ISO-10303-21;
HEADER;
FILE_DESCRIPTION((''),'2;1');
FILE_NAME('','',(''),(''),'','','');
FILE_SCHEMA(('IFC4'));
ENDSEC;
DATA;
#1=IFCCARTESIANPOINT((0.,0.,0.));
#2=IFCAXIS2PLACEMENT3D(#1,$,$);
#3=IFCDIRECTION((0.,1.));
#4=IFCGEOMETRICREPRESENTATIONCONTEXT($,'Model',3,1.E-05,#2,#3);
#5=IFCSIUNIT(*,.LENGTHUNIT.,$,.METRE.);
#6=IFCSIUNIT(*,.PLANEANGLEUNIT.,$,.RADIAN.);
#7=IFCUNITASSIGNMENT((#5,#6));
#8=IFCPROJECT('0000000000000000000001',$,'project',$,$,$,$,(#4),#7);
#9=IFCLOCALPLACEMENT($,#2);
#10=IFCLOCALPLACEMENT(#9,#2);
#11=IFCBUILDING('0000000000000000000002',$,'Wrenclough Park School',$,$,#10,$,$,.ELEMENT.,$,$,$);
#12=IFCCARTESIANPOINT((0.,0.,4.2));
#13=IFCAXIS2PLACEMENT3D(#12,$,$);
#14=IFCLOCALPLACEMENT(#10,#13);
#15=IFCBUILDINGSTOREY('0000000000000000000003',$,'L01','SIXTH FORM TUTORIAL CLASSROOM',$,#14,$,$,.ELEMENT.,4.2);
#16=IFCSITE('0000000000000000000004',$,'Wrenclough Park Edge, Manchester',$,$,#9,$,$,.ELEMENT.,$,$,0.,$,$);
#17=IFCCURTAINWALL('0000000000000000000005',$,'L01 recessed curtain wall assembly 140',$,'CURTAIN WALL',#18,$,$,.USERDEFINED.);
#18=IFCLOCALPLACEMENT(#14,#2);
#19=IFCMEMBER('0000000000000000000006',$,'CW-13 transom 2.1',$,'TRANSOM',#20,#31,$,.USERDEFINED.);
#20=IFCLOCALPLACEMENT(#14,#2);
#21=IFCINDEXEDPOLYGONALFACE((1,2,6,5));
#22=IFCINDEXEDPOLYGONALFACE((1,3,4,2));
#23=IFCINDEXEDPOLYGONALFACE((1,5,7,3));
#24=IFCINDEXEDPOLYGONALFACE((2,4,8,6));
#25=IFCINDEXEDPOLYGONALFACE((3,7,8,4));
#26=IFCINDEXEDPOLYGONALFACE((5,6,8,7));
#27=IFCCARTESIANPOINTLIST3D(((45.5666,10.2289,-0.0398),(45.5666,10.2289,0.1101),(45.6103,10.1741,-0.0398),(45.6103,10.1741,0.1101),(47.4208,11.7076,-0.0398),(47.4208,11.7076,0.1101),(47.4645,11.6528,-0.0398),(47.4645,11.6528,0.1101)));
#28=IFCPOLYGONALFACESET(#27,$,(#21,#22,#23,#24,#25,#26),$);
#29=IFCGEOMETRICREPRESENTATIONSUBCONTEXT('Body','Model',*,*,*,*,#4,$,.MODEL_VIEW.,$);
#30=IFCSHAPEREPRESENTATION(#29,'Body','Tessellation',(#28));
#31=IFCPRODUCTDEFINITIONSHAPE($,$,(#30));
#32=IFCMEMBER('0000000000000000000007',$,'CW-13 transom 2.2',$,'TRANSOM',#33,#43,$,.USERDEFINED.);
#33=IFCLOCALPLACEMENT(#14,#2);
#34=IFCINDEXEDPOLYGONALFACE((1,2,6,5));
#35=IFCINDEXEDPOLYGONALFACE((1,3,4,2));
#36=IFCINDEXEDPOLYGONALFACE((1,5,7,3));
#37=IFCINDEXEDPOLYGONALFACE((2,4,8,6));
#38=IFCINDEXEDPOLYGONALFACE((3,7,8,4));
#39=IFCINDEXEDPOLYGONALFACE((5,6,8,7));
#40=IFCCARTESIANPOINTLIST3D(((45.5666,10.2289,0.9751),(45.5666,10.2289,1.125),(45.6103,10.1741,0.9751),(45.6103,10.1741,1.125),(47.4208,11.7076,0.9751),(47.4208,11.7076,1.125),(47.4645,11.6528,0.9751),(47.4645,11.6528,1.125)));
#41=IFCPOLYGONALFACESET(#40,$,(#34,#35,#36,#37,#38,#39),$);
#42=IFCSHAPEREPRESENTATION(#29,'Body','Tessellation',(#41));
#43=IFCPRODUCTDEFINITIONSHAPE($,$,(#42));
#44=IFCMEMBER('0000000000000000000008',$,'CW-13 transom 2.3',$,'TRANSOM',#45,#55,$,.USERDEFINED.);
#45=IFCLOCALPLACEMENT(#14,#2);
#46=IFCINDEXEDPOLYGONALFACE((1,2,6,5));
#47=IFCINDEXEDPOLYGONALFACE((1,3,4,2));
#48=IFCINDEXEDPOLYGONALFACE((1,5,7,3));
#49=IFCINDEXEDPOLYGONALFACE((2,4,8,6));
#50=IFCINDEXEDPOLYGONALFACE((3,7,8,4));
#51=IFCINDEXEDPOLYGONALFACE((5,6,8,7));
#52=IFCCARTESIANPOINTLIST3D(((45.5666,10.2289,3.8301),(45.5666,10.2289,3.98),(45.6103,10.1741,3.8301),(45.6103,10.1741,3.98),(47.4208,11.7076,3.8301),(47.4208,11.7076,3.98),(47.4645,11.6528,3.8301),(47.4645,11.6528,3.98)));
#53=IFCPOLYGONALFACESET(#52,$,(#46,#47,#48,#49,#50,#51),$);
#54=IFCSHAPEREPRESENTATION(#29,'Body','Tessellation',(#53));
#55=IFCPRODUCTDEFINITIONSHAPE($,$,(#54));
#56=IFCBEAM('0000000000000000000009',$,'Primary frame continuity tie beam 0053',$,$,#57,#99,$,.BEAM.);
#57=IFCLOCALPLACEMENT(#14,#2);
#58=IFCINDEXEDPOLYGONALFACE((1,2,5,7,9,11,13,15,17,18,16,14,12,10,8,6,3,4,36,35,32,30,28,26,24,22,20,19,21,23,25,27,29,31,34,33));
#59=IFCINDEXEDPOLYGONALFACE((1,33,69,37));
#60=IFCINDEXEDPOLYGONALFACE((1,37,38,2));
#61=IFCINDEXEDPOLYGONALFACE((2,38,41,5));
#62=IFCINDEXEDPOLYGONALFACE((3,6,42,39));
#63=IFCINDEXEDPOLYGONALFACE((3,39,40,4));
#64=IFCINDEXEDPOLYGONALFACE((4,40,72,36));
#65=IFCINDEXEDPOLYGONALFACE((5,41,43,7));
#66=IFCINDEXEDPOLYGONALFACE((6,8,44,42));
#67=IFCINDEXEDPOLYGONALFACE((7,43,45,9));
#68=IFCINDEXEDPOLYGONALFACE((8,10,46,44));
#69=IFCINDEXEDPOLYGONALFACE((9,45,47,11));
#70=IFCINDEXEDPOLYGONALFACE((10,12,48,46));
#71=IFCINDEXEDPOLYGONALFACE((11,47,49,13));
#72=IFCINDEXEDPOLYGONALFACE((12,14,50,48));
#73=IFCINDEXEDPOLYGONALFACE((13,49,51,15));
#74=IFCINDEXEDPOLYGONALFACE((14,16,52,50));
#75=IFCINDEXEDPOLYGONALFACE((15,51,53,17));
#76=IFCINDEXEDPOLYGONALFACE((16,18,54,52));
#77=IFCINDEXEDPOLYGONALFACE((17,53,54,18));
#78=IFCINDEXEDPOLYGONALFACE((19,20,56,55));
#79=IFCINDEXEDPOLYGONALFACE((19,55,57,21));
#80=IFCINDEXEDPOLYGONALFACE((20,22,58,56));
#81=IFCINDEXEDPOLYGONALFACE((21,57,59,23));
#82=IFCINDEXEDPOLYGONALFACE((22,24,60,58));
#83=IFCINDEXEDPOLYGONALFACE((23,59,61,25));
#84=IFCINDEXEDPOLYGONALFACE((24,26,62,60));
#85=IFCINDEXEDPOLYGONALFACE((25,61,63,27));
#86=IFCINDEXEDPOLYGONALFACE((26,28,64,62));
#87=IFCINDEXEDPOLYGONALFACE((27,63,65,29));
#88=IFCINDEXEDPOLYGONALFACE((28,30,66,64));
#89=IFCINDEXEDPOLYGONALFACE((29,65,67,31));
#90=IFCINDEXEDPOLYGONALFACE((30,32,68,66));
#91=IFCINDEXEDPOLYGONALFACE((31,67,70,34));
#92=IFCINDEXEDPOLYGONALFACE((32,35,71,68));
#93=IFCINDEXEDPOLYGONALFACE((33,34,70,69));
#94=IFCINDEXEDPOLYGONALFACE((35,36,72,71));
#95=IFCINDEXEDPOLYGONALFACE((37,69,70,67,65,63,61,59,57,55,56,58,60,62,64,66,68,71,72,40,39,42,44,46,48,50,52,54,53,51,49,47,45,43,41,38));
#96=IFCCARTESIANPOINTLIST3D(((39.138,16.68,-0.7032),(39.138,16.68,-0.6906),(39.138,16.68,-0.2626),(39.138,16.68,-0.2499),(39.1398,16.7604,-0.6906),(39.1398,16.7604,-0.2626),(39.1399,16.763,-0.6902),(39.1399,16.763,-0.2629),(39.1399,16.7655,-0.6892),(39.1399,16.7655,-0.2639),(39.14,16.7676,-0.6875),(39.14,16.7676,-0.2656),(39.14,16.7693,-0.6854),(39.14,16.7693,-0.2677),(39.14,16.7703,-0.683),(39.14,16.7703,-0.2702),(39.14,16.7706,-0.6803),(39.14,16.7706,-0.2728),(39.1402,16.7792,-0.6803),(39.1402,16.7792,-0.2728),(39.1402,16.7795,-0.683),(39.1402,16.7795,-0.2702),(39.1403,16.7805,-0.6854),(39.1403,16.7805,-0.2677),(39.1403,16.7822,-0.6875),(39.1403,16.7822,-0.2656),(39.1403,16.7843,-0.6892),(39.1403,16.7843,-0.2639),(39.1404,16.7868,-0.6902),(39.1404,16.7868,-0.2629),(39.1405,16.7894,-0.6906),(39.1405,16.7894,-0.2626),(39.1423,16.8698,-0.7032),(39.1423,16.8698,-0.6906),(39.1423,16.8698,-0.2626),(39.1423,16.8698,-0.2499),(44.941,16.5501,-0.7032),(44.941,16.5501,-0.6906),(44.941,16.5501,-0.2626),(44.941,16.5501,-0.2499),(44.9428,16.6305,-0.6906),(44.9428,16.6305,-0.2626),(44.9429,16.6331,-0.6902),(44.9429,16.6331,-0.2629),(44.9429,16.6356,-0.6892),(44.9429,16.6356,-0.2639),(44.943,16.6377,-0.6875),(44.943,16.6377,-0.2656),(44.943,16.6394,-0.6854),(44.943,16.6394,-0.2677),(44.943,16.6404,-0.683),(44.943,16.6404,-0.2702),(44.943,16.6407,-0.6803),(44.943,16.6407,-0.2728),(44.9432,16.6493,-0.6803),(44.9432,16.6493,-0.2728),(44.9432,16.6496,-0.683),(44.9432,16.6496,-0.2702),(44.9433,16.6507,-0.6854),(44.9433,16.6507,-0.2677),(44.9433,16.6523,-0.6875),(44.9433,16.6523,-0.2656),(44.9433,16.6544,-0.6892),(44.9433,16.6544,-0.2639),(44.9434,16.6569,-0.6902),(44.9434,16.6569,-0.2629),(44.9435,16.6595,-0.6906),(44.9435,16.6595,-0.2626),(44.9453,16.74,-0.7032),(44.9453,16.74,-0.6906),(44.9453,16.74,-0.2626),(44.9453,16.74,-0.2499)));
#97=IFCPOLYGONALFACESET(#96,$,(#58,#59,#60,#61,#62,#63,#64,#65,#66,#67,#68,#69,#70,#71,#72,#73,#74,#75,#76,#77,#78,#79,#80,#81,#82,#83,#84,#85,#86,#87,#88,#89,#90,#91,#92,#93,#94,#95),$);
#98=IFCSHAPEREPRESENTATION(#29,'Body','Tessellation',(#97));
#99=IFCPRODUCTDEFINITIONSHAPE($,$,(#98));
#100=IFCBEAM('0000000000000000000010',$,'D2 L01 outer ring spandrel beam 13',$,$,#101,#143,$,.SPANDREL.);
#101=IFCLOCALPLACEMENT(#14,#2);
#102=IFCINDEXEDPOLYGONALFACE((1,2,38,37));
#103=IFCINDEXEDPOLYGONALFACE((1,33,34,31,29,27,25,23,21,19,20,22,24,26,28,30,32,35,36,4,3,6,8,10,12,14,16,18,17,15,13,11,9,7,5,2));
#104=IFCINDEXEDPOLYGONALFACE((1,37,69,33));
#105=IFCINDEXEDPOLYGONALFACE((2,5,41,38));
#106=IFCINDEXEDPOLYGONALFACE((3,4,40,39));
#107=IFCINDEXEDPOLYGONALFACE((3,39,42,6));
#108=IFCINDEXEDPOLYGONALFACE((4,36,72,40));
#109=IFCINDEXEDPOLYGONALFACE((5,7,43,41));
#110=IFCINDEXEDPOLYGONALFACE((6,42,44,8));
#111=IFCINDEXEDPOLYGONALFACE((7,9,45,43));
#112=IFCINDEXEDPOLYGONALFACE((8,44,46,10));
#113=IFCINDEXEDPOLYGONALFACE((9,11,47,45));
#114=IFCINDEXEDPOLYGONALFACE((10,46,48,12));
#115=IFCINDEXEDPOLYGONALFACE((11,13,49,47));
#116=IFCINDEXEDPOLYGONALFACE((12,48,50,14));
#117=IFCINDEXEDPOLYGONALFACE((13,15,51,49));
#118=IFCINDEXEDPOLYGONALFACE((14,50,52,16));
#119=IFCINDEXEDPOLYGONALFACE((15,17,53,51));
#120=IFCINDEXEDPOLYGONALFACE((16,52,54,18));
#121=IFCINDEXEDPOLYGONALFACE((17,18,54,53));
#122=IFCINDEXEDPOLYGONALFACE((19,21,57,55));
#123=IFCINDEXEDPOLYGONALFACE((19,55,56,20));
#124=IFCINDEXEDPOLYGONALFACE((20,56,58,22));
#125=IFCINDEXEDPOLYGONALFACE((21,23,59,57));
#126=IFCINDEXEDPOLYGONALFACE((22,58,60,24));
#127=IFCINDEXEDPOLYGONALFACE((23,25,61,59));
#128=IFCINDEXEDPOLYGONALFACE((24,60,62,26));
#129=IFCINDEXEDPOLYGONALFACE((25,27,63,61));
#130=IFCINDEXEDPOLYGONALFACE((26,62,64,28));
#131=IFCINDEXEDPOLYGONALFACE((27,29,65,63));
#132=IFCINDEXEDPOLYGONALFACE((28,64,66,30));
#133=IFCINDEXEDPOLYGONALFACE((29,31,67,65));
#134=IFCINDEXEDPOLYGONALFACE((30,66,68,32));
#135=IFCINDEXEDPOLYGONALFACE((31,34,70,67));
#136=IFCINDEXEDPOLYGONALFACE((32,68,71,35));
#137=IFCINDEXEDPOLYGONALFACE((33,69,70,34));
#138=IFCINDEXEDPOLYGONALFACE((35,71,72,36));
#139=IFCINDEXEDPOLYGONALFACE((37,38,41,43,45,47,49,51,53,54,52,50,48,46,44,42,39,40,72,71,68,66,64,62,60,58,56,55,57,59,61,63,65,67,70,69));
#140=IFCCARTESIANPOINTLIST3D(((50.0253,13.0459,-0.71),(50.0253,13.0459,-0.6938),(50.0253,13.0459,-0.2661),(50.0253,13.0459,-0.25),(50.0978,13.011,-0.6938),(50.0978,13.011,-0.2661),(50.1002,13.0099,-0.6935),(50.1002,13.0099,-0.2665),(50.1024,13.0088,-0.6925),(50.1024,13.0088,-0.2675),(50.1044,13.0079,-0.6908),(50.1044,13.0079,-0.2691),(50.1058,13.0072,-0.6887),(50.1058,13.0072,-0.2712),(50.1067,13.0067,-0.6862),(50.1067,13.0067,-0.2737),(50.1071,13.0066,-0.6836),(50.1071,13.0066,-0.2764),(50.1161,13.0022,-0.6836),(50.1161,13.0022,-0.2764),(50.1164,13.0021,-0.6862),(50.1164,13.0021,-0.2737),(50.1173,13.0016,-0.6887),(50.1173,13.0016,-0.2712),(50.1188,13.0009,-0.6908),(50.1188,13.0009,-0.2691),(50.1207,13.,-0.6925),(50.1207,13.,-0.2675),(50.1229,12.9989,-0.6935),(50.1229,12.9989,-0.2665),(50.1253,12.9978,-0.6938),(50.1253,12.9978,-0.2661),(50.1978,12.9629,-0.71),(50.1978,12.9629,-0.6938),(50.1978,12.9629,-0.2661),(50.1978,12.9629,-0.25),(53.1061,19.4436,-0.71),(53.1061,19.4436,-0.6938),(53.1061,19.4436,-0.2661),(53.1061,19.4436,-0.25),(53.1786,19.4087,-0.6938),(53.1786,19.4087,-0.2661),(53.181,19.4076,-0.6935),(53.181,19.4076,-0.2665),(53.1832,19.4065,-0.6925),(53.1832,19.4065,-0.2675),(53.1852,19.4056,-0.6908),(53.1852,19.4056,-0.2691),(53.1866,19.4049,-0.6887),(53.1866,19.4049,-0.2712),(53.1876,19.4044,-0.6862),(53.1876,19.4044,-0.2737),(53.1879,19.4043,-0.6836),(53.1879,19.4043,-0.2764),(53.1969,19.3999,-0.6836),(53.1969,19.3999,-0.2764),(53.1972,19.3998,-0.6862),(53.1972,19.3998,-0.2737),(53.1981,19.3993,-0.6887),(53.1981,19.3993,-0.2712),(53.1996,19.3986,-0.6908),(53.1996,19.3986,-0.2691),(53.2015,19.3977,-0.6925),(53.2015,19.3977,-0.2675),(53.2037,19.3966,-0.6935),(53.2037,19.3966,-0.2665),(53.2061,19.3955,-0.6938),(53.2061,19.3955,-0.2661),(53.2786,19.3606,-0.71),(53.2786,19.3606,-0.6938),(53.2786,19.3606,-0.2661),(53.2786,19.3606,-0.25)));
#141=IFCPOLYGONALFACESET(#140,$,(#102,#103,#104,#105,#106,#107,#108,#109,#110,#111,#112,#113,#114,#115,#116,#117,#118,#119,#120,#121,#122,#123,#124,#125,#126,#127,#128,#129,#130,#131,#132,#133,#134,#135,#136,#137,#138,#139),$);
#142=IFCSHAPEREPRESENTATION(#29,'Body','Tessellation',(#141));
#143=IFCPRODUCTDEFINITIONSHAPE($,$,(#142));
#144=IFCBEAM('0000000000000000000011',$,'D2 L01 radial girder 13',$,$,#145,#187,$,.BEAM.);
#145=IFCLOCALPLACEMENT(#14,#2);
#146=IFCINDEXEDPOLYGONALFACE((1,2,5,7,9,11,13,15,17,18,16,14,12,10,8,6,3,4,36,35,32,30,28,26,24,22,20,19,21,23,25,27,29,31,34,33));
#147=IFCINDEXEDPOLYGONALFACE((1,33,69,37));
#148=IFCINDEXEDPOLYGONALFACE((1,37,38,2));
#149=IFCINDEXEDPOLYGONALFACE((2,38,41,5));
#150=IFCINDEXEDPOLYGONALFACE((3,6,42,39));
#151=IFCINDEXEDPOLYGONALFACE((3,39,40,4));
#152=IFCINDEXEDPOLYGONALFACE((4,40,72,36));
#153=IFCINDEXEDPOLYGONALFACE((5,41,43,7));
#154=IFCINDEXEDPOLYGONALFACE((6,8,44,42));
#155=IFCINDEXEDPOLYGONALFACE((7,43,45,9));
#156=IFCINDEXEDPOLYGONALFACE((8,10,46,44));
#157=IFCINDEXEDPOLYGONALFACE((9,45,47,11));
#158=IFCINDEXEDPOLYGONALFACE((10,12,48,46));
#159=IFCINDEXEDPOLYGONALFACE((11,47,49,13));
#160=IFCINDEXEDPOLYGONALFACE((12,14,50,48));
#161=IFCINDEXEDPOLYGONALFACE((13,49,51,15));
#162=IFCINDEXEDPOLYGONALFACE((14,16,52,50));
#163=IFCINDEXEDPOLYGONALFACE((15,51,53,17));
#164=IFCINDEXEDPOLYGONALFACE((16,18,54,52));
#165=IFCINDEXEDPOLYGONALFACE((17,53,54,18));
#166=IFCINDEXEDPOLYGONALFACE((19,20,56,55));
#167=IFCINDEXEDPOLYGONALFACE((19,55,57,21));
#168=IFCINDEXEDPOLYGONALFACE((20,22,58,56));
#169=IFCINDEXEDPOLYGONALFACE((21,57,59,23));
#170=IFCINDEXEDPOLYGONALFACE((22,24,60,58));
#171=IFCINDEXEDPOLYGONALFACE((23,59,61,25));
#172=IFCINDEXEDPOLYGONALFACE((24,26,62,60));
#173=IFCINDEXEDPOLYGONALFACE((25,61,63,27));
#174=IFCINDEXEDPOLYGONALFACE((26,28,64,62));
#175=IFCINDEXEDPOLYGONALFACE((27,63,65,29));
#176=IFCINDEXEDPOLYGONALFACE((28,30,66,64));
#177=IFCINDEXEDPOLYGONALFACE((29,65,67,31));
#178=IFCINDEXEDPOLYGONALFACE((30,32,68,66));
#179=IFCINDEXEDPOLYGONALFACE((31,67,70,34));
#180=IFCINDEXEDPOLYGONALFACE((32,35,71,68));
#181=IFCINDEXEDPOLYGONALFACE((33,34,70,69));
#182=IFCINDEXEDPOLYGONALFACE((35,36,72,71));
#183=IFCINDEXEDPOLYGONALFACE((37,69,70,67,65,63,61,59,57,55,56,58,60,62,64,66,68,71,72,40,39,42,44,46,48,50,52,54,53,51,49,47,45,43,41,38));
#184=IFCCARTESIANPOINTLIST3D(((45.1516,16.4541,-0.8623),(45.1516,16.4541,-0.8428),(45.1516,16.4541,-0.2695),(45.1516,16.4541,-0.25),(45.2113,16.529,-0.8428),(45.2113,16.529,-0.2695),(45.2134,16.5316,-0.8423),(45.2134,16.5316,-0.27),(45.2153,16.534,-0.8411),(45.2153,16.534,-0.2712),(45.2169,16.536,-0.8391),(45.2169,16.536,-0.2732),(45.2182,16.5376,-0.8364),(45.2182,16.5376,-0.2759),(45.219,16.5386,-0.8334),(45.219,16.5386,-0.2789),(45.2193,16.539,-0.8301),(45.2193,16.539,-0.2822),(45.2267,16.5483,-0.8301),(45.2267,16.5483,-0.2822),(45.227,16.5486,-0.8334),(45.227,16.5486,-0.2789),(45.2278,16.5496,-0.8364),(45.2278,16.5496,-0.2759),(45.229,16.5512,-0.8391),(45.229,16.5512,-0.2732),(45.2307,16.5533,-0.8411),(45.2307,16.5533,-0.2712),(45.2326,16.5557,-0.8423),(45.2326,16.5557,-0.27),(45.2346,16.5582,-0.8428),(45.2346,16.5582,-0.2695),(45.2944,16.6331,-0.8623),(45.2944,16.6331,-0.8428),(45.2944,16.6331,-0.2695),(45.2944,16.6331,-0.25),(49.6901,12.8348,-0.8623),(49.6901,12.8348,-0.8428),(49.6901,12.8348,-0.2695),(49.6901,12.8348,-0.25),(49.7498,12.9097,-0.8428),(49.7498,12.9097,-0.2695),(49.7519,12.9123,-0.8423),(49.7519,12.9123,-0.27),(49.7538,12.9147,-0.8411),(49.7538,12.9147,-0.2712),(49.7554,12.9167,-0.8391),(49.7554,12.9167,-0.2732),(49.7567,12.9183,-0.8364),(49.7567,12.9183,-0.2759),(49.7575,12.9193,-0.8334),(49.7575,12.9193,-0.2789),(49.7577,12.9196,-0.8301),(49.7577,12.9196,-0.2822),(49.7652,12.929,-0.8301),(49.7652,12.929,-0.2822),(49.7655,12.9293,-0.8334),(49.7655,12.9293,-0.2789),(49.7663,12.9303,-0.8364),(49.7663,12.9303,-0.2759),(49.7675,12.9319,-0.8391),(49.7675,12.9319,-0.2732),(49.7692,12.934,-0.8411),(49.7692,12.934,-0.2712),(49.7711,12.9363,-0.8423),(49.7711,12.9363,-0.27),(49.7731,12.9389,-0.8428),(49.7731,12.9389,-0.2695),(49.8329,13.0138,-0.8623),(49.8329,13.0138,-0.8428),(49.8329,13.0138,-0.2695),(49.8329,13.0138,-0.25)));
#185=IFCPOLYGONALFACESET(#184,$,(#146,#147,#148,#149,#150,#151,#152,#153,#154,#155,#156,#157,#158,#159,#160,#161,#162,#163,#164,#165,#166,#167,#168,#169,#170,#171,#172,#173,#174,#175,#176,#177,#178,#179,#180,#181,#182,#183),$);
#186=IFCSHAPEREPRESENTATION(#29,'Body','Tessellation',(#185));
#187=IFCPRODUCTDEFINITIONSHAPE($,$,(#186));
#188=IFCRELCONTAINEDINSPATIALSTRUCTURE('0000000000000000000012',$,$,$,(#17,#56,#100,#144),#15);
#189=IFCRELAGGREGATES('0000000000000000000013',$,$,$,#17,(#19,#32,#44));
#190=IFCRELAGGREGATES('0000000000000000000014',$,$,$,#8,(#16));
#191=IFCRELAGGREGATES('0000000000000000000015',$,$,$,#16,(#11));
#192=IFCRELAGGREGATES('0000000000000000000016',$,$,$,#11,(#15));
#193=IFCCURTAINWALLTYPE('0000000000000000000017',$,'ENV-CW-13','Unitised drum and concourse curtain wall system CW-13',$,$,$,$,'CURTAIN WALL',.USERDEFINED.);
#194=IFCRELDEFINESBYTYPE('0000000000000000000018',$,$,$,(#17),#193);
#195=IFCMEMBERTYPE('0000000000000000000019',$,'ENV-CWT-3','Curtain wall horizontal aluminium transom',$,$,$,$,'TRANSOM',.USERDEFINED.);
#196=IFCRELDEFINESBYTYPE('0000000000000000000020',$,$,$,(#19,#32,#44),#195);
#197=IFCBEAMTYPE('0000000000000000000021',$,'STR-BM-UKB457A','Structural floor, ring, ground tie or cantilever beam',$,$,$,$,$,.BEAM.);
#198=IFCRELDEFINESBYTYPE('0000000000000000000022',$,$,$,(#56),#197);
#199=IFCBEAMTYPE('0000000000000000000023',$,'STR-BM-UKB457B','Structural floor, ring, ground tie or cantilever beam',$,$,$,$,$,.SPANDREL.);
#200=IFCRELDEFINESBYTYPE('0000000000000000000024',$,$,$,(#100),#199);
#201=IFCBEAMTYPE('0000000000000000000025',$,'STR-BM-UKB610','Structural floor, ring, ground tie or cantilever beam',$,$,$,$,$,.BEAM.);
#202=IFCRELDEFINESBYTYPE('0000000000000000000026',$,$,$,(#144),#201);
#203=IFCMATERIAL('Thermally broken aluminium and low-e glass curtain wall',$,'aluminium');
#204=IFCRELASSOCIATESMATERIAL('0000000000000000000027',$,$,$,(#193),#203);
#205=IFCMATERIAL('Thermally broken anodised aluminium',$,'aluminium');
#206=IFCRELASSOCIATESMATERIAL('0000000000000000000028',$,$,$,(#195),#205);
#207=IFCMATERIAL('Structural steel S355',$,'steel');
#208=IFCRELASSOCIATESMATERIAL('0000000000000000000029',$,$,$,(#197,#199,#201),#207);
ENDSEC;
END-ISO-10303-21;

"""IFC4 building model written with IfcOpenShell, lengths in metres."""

from ifc_helpers import new_model, si_unit, direction, frame, origin, origin_2d, place, context, subcontext, project, spatial, rectangle, i_section, extrude, material, material_profile, profile_set, type_object, element, aggregate, save


model = new_model("IFC4")

# Units and contexts
model_context = context("Model", 3, precision=1e-05, world=origin(), true_north=direction((0.0, 1.0)))
body_context = subcontext(model_context, "Body", "Model", "MODEL_VIEW")
ifc_project = project(units=[si_unit("LENGTHUNIT", "METRE"), si_unit("PLANEANGLEUNIT", "RADIAN")], contexts=[model_context])

# Site, building, storey
site_placement = place(None, origin())
site = spatial("IfcSite", under=ifc_project, at=site_placement, Name="Wrenclough Park Edge, Manchester", CompositionType="ELEMENT", RefElevation=0.0)
building_placement = place(site_placement, origin())
building = spatial("IfcBuilding", under=site, at=building_placement, Name="Wrenclough Park School", CompositionType="ELEMENT")
storey_placement = place(building_placement, frame((0.0, 0.0, 4.2)))
storey = spatial("IfcBuildingStorey", under=building, at=storey_placement, Name="L01", Description="SIXTH FORM TUTORIAL CLASSROOM", CompositionType="ELEMENT", Elevation=4.2)

# Shared definitions
ifc_material_1 = material(Name="Structural steel S355", Category="steel")

# Shared definitions
ifc_material_2 = material(Name="Thermally broken aluminium and low-e glass curtain wall", Category="aluminium")
ifc_material_3 = material(Name="Thermally broken anodised aluminium", Category="aluminium")

# Curtain wall, members
curtain_wall_type_1 = type_object("IfcCurtainWallType", Name="ENV-CW-13", Description="Unitised drum and concourse curtain wall system CW-13", ElementType="CURTAIN WALL", PredefinedType="USERDEFINED", material=ifc_material_2)
curtain_wall_1_placement = place(storey_placement, origin())
curtain_wall_1 = element("IfcCurtainWall", 1, at=curtain_wall_1_placement, inside=storey, type_object=curtain_wall_type_1, Name="L01 recessed curtain wall assembly 140", ObjectType="CURTAIN WALL", PredefinedType="USERDEFINED")
ifc_material_profile_1 = material_profile(ifc_material_3, rectangle(XDim=0.0701, YDim=0.1499, at=origin_2d()), Name="AL TRANSOM 70x150")
ifc_profile_set_1 = profile_set([ifc_material_profile_1], Name="Thermally broken anodised aluminium")
member_type_1 = type_object("IfcMemberType", Name="ENV-CWT-3", Description="Curtain wall horizontal aluminium transom", ElementType="TRANSOM", PredefinedType="USERDEFINED", material=ifc_profile_set_1)
member_1_placement = place(storey_placement, frame((47.4426, 11.6802, 0.0352), z_axis=(-0.781822, -0.623502, 0.0), x_axis=(0.623502, -0.781822, 0.0)))
member_1 = element("IfcMember", 2, at=member_1_placement, type_object=member_type_1, Name="CW-13 transom 2.1", ObjectType="TRANSOM", PredefinedType="USERDEFINED", context=body_context, shape_type="SweptSolid", body=[
    extrude(rectangle(XDim=0.0701, YDim=0.1499, at=origin_2d()), origin(), (0.0, 0.0, 1.0), 2.3716),
])
member_2_placement = place(storey_placement, frame((47.4426, 11.6802, 1.05), z_axis=(-0.781822, -0.623502, 0.0), x_axis=(0.623502, -0.781822, 0.0)))
member_2 = element("IfcMember", 3, at=member_2_placement, type_object=member_type_1, Name="CW-13 transom 2.2", ObjectType="TRANSOM", PredefinedType="USERDEFINED", context=body_context, shape_type="SweptSolid", body=[
    extrude(rectangle(XDim=0.0701, YDim=0.1499, at=origin_2d()), origin(), (0.0, 0.0, 1.0), 2.3716),
])
member_3_placement = place(storey_placement, frame((47.4426, 11.6802, 3.905), z_axis=(-0.781822, -0.623502, 0.0), x_axis=(0.623502, -0.781822, 0.0)))
member_3 = element("IfcMember", 4, at=member_3_placement, type_object=member_type_1, Name="CW-13 transom 2.3", ObjectType="TRANSOM", PredefinedType="USERDEFINED", context=body_context, shape_type="SweptSolid", body=[
    extrude(rectangle(XDim=0.0701, YDim=0.1499, at=origin_2d()), origin(), (0.0, 0.0, 1.0), 2.3716),
])

# Beams
ifc_material_profile_2 = material_profile(ifc_material_1, i_section(OverallWidth=0.1899, OverallDepth=0.4534, WebThickness=0.0085, FlangeThickness=0.0127, FilletRadius=0.0103, at=origin_2d()), Name="UKB 457x191x67")
ifc_profile_set_2 = profile_set([ifc_material_profile_2], Name="Structural steel S355")
beam_type_1 = type_object("IfcBeamType", Name="STR-BM-UKB457A", Description="Structural floor, ring, ground tie or cantilever beam", PredefinedType="BEAM", material=ifc_profile_set_2)
beam_1_placement = place(storey_placement, frame((39.1401, 16.7749, -0.4766), z_axis=(0.99975, -0.022376, 0.0), x_axis=(0.022376, 0.99975, 0.0)))
element("IfcBeam", 5, at=beam_1_placement, inside=storey, type_object=beam_type_1, Name="Primary frame continuity tie beam 0053", PredefinedType="BEAM", context=body_context, shape_type="SweptSolid", body=[
    extrude(i_section(OverallWidth=0.1899, OverallDepth=0.4534, WebThickness=0.0085, FlangeThickness=0.0127, FilletRadius=0.0103, at=origin_2d()), origin(), (0.0, 0.0, 1.0), 5.8044),
])
ifc_material_profile_3 = material_profile(ifc_material_1, i_section(OverallWidth=0.1914, OverallDepth=0.46, WebThickness=0.01, FlangeThickness=0.0161, FilletRadius=0.0103, at=origin_2d()), Name="UKB 457x191x82")
ifc_profile_set_3 = profile_set([ifc_material_profile_3], Name="Structural steel S355")
beam_type_2 = type_object("IfcBeamType", Name="STR-BM-UKB457B", Description="Structural floor, ring, ground tie or cantilever beam", PredefinedType="SPANDREL", material=ifc_profile_set_3)
beam_2_placement = place(storey_placement, frame((50.1116, 13.0044, -0.48), z_axis=(0.433865, 0.900978, 0.0), x_axis=(-0.900978, 0.433865, 0.0)))
element("IfcBeam", 6, at=beam_2_placement, inside=storey, type_object=beam_type_2, Name="D2 L01 outer ring spandrel beam 13", PredefinedType="SPANDREL", context=body_context, shape_type="SweptSolid", body=[
    extrude(i_section(OverallWidth=0.1914, OverallDepth=0.46, WebThickness=0.01, FlangeThickness=0.0161, FilletRadius=0.0103, at=origin_2d()), origin(), (0.0, 0.0, 1.0), 7.1008),
])
ifc_material_profile_4 = material_profile(ifc_material_1, i_section(OverallWidth=0.229, OverallDepth=0.6123, WebThickness=0.012, FlangeThickness=0.0195, FilletRadius=0.0127, at=origin_2d()), Name="UKB 610x229x125")
ifc_profile_set_4 = profile_set([ifc_material_profile_4], Name="Structural steel S355")
beam_type_3 = type_object("IfcBeamType", Name="STR-BM-UKB610", Description="Structural floor, ring, ground tie or cantilever beam", PredefinedType="BEAM", material=ifc_profile_set_4)
beam_3_placement = place(storey_placement, frame((49.7615, 12.9243, -0.5562), z_axis=(-0.781832, 0.623489, 0.0), x_axis=(-0.623489, -0.781832, 0.0)))
element("IfcBeam", 7, at=beam_3_placement, inside=storey, type_object=beam_type_3, Name="D2 L01 radial girder 13", PredefinedType="BEAM", context=body_context, shape_type="SweptSolid", body=[
    extrude(i_section(OverallWidth=0.229, OverallDepth=0.6123, WebThickness=0.012, FlangeThickness=0.0195, FilletRadius=0.0127, at=origin_2d()), origin(), (0.0, 0.0, 1.0), 5.8049),
])

aggregate(curtain_wall_1, [member_1, member_2, member_3])

save(model, "model.ifc")
